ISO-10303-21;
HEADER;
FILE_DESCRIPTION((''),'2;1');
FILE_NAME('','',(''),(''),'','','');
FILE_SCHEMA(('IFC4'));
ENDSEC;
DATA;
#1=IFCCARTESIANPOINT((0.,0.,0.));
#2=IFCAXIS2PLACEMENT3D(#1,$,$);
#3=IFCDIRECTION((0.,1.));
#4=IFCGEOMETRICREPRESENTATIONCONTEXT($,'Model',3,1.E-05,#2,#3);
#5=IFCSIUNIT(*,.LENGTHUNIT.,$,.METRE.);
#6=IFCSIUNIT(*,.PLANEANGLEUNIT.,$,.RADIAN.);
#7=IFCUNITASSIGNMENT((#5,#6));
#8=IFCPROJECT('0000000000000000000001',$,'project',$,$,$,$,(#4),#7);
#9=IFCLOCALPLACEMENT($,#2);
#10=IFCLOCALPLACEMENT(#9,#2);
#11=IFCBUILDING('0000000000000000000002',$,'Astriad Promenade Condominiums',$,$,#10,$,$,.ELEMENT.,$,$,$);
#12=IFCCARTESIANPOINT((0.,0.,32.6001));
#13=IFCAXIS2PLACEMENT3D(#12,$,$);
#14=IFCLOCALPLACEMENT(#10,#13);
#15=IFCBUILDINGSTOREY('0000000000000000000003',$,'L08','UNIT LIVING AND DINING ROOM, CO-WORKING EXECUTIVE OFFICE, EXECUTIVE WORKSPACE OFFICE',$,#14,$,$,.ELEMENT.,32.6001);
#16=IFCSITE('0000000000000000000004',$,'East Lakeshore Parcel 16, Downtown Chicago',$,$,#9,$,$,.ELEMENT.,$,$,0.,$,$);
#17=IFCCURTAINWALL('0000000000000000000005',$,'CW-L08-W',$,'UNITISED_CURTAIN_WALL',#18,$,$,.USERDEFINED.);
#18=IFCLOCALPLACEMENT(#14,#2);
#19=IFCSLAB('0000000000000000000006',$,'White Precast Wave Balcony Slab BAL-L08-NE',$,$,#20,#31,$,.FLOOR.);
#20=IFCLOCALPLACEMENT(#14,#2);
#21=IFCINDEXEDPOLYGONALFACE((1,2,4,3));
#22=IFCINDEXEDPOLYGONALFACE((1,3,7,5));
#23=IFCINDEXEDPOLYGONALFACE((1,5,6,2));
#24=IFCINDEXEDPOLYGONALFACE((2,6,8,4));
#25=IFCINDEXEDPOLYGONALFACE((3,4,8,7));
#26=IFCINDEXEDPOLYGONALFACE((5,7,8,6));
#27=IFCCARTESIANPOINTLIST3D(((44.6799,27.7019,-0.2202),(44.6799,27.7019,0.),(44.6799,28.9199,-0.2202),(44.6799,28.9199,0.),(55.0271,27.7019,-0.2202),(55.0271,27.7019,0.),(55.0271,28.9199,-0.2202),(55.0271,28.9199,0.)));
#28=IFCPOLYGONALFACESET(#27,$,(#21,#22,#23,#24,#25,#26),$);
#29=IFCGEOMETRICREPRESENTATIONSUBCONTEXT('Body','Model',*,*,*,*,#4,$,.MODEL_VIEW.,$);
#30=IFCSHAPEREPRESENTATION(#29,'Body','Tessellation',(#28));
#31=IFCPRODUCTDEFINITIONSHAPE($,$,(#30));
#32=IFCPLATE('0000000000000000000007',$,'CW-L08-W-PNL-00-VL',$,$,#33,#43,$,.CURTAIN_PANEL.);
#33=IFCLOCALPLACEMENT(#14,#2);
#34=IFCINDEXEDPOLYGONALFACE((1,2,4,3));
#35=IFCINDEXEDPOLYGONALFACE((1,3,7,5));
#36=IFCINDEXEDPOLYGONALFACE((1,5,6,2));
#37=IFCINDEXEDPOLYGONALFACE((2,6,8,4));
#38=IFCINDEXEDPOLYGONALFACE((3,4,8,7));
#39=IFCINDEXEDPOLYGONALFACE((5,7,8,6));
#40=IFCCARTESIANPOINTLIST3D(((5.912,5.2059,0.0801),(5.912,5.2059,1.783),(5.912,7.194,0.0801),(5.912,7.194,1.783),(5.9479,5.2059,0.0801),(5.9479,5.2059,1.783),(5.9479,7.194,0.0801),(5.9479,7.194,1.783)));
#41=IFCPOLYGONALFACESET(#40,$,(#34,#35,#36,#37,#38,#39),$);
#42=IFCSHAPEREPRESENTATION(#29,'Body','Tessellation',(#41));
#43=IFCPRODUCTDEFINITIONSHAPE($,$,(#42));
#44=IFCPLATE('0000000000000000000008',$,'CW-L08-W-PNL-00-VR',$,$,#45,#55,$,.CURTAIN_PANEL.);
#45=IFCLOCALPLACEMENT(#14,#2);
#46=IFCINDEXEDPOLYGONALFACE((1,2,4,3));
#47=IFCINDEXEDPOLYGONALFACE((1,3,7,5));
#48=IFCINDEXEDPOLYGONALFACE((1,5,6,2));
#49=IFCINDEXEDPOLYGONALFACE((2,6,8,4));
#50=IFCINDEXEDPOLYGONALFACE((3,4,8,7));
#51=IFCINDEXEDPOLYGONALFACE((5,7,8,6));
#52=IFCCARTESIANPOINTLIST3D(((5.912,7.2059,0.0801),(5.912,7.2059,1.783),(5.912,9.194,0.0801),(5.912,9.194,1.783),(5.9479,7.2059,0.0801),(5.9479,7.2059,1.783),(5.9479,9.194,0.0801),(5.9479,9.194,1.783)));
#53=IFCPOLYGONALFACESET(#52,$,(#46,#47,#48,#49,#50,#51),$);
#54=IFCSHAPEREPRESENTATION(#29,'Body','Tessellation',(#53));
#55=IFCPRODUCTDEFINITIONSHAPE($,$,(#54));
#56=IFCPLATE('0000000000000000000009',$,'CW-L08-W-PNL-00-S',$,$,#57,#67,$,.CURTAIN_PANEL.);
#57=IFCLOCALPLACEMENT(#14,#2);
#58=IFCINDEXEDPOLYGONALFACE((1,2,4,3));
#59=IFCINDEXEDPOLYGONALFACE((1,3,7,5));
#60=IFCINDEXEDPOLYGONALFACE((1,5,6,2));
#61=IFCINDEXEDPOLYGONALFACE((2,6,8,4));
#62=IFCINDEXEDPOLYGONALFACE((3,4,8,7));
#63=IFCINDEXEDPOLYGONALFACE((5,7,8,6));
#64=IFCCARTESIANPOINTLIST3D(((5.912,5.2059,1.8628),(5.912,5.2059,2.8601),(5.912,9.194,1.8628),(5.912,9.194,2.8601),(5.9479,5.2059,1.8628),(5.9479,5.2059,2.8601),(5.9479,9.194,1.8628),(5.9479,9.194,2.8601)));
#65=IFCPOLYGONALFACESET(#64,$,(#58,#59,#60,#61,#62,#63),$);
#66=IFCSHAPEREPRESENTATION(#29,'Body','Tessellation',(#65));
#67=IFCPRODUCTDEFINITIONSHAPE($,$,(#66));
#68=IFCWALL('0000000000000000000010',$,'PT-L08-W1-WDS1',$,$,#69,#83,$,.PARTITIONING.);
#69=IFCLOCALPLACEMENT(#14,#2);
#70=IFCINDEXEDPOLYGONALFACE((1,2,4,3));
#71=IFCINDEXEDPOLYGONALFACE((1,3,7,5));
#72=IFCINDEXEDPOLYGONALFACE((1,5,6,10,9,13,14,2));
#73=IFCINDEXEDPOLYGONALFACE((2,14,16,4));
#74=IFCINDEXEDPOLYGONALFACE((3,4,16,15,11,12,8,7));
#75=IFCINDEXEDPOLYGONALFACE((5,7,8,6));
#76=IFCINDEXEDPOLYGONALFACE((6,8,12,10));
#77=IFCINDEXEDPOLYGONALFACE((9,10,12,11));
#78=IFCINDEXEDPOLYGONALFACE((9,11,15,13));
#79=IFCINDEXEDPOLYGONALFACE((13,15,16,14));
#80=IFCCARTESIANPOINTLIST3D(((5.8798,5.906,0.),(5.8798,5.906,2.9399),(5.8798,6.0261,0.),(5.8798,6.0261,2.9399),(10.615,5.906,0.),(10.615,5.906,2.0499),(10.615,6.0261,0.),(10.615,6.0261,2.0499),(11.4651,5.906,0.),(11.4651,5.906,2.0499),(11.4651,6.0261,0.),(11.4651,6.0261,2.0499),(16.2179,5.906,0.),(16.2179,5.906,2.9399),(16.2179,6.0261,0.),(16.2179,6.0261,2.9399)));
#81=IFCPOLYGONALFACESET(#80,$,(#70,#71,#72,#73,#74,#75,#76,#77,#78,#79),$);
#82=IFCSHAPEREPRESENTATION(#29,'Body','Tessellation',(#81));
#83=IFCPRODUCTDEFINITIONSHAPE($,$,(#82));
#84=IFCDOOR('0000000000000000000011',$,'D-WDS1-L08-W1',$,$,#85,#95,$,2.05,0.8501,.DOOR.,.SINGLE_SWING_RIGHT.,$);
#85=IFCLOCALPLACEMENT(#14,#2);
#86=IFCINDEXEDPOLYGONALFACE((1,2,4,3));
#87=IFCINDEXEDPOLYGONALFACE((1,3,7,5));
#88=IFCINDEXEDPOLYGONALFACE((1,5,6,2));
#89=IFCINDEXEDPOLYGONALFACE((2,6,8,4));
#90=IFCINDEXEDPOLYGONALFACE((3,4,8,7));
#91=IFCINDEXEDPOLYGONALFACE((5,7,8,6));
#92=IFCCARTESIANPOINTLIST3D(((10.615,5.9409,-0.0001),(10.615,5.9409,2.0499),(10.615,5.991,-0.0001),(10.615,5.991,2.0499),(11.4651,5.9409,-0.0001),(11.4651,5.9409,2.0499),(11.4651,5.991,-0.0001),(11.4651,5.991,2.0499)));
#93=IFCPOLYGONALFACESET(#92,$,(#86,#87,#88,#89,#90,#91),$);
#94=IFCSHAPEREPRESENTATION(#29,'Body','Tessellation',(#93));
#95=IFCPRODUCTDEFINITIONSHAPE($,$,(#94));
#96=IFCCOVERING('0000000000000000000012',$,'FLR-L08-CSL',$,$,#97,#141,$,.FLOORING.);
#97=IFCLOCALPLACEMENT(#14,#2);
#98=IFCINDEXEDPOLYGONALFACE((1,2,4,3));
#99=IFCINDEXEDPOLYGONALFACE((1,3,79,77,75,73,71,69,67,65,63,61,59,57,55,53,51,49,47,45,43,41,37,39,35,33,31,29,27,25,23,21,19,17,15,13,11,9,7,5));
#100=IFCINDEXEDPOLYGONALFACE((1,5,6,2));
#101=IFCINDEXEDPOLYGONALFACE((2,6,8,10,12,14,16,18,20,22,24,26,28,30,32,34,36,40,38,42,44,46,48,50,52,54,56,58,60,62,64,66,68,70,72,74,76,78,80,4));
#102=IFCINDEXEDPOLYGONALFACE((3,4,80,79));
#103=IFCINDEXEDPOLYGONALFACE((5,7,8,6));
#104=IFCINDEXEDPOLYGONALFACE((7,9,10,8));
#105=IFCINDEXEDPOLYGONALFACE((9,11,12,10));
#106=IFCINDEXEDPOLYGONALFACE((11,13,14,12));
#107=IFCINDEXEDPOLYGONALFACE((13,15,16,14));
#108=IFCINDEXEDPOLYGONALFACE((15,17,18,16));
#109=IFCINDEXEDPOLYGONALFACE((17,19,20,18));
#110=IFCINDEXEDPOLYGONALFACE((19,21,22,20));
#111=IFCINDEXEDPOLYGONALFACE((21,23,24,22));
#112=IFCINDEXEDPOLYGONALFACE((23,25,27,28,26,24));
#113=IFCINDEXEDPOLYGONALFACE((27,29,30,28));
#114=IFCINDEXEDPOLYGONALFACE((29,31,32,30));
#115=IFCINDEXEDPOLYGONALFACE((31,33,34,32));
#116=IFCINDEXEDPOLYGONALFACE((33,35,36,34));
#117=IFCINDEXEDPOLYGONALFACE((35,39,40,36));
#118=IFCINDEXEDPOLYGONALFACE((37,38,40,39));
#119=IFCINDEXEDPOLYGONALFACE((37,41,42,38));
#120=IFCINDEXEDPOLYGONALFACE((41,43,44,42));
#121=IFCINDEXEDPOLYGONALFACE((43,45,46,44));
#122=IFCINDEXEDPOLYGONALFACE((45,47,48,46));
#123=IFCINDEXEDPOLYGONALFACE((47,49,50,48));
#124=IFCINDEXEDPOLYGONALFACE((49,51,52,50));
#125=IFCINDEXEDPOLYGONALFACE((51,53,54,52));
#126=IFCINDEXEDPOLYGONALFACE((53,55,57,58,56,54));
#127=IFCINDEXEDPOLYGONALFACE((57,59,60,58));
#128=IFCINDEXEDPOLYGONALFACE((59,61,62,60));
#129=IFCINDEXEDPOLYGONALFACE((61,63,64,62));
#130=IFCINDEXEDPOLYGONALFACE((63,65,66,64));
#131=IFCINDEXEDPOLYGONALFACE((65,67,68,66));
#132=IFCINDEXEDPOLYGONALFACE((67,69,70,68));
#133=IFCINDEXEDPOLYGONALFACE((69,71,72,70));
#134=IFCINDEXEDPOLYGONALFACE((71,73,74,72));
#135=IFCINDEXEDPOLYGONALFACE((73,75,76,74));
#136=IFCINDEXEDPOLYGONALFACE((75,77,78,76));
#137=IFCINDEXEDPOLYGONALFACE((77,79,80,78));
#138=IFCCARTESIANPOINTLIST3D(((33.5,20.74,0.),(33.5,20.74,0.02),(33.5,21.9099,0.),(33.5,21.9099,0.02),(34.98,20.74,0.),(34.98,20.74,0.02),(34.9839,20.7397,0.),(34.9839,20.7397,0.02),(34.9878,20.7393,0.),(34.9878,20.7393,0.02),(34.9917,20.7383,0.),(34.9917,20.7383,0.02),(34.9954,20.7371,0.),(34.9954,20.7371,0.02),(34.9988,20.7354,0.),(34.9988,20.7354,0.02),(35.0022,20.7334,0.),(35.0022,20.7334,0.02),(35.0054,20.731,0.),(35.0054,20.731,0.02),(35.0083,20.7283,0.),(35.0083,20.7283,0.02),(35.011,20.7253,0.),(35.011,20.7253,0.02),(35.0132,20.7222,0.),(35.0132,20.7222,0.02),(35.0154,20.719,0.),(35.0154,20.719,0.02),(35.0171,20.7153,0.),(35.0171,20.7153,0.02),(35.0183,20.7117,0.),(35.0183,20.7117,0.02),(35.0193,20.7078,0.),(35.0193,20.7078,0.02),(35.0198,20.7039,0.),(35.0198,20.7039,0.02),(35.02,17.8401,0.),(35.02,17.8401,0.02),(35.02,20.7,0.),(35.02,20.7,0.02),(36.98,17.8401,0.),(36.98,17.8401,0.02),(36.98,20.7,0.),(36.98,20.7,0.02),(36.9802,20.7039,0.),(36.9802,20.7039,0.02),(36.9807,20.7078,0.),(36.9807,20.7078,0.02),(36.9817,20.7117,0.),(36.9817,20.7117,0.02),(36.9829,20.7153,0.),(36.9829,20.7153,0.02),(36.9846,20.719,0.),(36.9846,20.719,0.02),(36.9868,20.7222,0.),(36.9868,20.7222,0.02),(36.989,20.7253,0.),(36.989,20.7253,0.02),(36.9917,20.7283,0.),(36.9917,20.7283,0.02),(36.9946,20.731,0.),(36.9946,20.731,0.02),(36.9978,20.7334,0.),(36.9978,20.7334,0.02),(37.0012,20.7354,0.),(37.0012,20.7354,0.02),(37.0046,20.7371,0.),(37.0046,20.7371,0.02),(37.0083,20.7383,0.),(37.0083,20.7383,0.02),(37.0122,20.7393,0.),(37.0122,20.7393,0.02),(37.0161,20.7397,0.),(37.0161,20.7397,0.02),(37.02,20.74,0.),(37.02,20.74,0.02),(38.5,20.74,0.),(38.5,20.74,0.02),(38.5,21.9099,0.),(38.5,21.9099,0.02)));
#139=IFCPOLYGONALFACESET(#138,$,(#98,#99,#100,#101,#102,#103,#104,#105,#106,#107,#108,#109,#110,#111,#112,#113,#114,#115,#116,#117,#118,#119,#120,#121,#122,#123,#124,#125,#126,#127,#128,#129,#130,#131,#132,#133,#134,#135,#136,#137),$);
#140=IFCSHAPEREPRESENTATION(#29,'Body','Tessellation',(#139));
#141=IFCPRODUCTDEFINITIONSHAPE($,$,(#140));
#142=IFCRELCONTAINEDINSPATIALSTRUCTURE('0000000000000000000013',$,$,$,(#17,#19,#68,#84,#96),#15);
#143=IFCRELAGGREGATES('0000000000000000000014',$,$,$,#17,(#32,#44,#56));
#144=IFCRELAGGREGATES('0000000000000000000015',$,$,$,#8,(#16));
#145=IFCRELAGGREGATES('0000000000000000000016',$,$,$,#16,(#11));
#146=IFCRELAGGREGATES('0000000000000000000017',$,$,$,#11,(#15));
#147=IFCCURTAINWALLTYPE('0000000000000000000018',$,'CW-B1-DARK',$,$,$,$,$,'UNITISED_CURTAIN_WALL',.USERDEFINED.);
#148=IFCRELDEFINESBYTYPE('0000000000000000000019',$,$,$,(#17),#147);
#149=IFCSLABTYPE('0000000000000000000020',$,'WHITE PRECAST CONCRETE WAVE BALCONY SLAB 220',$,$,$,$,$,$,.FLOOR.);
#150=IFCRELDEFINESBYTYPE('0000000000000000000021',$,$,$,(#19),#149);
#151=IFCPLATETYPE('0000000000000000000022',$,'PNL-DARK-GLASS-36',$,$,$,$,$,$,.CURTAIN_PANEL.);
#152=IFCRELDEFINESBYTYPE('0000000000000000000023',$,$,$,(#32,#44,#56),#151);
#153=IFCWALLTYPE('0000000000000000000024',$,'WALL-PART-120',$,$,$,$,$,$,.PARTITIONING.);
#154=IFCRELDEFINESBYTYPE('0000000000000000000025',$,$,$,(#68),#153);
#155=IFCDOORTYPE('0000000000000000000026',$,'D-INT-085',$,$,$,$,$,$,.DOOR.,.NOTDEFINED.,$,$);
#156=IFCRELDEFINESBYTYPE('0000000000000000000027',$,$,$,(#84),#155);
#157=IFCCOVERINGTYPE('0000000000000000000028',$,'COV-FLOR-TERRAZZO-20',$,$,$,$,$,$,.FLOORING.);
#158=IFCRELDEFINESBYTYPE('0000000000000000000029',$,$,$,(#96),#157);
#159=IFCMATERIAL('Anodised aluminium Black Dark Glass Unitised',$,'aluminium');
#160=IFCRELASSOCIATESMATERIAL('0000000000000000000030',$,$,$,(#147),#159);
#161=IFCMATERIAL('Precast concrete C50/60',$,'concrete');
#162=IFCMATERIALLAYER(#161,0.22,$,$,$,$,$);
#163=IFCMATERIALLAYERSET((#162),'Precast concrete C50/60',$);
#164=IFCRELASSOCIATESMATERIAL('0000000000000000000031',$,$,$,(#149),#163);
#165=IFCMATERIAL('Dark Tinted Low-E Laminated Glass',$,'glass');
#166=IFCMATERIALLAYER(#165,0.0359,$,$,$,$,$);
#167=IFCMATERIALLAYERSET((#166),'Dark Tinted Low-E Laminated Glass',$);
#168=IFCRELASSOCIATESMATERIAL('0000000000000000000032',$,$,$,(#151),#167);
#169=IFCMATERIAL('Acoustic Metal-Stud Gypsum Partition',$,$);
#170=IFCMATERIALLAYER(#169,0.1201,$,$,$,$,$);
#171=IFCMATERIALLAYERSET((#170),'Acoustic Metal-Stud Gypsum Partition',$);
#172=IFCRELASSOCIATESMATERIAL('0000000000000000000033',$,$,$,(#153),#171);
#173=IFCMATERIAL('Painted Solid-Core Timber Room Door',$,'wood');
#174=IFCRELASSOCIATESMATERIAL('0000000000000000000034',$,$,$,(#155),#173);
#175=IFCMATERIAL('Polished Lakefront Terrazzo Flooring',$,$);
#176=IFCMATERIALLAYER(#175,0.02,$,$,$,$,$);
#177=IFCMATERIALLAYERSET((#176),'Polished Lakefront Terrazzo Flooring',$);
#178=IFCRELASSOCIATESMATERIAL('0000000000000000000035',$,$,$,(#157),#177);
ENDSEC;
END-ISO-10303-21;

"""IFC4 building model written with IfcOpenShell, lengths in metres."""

from ifc_helpers import new_model, si_unit, direction, frame, frame_2d, origin, origin_2d, place, context, subcontext, project, spatial, polyline, rectangle, outline, extrude, source, transform, mapped, material, layer, layer_set, type_object, type_shapes, element, fill, aggregate, save


model = new_model("IFC4")

# Units and contexts
model_context = context("Model", 3, precision=1e-05, world=origin(), true_north=direction((0.0, 1.0)))
body_context = subcontext(model_context, "Body", "Model", "MODEL_VIEW")
ifc_project = project(units=[si_unit("LENGTHUNIT", "METRE"), si_unit("PLANEANGLEUNIT", "RADIAN")], contexts=[model_context])

# Site, building, storey
site_placement = place(None, origin())
site = spatial("IfcSite", under=ifc_project, at=site_placement, Name="East Lakeshore Parcel 16, Downtown Chicago", CompositionType="ELEMENT", RefElevation=0.0)
building_placement = place(site_placement, origin())
building = spatial("IfcBuilding", under=site, at=building_placement, Name="Astriad Promenade Condominiums", CompositionType="ELEMENT")
storey_placement = place(building_placement, frame((0.0, 0.0, 32.6001)))
storey = spatial("IfcBuildingStorey", under=building, at=storey_placement, Name="L08", Description="UNIT LIVING AND DINING ROOM, CO-WORKING EXECUTIVE OFFICE, EXECUTIVE WORKSPACE OFFICE", CompositionType="ELEMENT", Elevation=32.6001)

# Curtain wall
ifc_material_1 = material(Name="Anodised aluminium Black Dark Glass Unitised", Category="aluminium")
curtain_wall_type = type_object("IfcCurtainWallType", Name="CW-B1-DARK", ElementType="UNITISED_CURTAIN_WALL", PredefinedType="USERDEFINED", material=ifc_material_1)
curtain_wall_placement = place(storey_placement, origin())
curtain_wall = element("IfcCurtainWall", 1, at=curtain_wall_placement, inside=storey, type_object=curtain_wall_type, Name="CW-L08-W", ObjectType="UNITISED_CURTAIN_WALL", PredefinedType="USERDEFINED")

# Slab
ifc_material_2 = material(Name="Precast concrete C50/60", Category="concrete")
ifc_layer_1 = layer(ifc_material_2, 0.22)
ifc_layer_set_1 = layer_set([ifc_layer_1], Name="Precast concrete C50/60")
slab_type_1 = type_object("IfcSlabType", Name="WHITE PRECAST CONCRETE WAVE BALCONY SLAB 220", PredefinedType="FLOOR", material=ifc_layer_set_1)
slab_1_placement = place(storey_placement, frame((0.0, 0.0, -0.2202)))
element("IfcSlab", 2, at=slab_1_placement, inside=storey, type_object=slab_type_1, Name="White Precast Wave Balcony Slab BAL-L08-NE", PredefinedType="FLOOR", context=body_context, shape_type="SweptSolid", body=[
    extrude(outline(polyline([(44.6799, 28.9199), (55.0271, 28.9199), (55.0271, 27.7019), (44.6799, 27.7019), (44.6799, 28.9199)])), origin(), (0.0, 0.0, 1.0), 0.2202),
])

# Plates
ifc_material_3 = material(Name="Dark Tinted Low-E Laminated Glass", Category="glass")
ifc_layer_2 = layer(ifc_material_3, 0.0359)
ifc_layer_set_2 = layer_set([ifc_layer_2], Name="Dark Tinted Low-E Laminated Glass")
plate_type = type_object("IfcPlateType", Name="PNL-DARK-GLASS-36", PredefinedType="CURTAIN_PANEL", material=ifc_layer_set_2)
shared_shape_1 = source(origin(), body_context, "Body", "SweptSolid", [
    extrude(rectangle(XDim=1.988, YDim=0.0359, at=origin_2d()), origin(), (0.0, 0.0, 1.0), 1.7029),
])
plate_1_placement = place(storey_placement, frame((5.9299, 6.2, 0.0801), z_axis=(0.0, 0.0, 1.0), x_axis=(0.0, 1.0, 0.0)))
plate_1 = element("IfcPlate", 3, at=plate_1_placement, type_object=plate_type, Name="CW-L08-W-PNL-00-VL", PredefinedType="CURTAIN_PANEL", context=body_context, shape_type="MappedRepresentation", body=[
    mapped(shared_shape_1, transform((0.0, 0.0, 0.0), scale=1.0)),
])
plate_2_placement = place(storey_placement, frame((5.9299, 8.2, 0.0801), z_axis=(0.0, 0.0, 1.0), x_axis=(0.0, 1.0, 0.0)))
plate_2 = element("IfcPlate", 4, at=plate_2_placement, type_object=plate_type, Name="CW-L08-W-PNL-00-VR", PredefinedType="CURTAIN_PANEL", context=body_context, shape_type="MappedRepresentation", body=[
    mapped(shared_shape_1, transform((0.0, 0.0, 0.0), scale=1.0)),
])
shared_shape_2 = source(origin(), body_context, "Body", "SweptSolid", [
    extrude(rectangle(XDim=3.988, YDim=0.0359, at=origin_2d()), origin(), (0.0, 0.0, 1.0), 0.9973),
])
type_shapes(plate_type, [shared_shape_1, shared_shape_2])
plate_3_placement = place(storey_placement, frame((5.9299, 7.2, 1.8628), z_axis=(0.0, 0.0, 1.0), x_axis=(0.0, 1.0, 0.0)))
plate_3 = element("IfcPlate", 5, at=plate_3_placement, type_object=plate_type, Name="CW-L08-W-PNL-00-S", PredefinedType="CURTAIN_PANEL", context=body_context, shape_type="MappedRepresentation", body=[
    mapped(shared_shape_2, transform((0.0, 0.0, 0.0), scale=1.0)),
])
aggregate(curtain_wall, [plate_1, plate_2, plate_3])

# Wall, opening, door
ifc_material_4 = material(Name="Acoustic Metal-Stud Gypsum Partition")
ifc_layer_3 = layer(ifc_material_4, 0.1201)
ifc_layer_set_3 = layer_set([ifc_layer_3], Name="Acoustic Metal-Stud Gypsum Partition")
wall_type = type_object("IfcWallType", Name="WALL-PART-120", PredefinedType="PARTITIONING", material=ifc_layer_set_3)
wall_placement = place(storey_placement, frame((5.8799, 5.9661, 0.0), z_axis=(0.0, 0.0, 1.0), x_axis=(1.0, 0.0, 0.0)))
wall = element("IfcWall", 6, at=wall_placement, inside=storey, type_object=wall_type, Name="PT-L08-W1-WDS1", PredefinedType="PARTITIONING", context=body_context, shape_type="SweptSolid", body=[
    extrude(rectangle(XDim=10.3381, YDim=0.1201, at=frame_2d((5.1689, 0.0))), origin(), (0.0, 0.0, 1.0), 2.9399),
])
opening_placement = place(wall_placement, frame((4.7351, 0.0, 0.0)))
opening = element("IfcOpeningElement", 7, at=opening_placement, cuts=wall, PredefinedType="OPENING", context=body_context, shape_type="SweptSolid", body=[
    extrude(rectangle(XDim=0.8501, YDim=2.05, at=frame_2d((0.425, 1.0249))), frame((0.0, 0.0701, 0.0), z_axis=(0.0, -1.0, 0.0), x_axis=(1.0, 0.0, 0.0)), (0.0, 0.0, 1.0), 0.1401),
])
ifc_material_5 = material(Name="Painted Solid-Core Timber Room Door", Category="wood")
door_type = type_object("IfcDoorType", Name="D-INT-085", OperationType="NOTDEFINED", PredefinedType="DOOR", material=ifc_material_5)
shared_shape_3 = source(origin(), body_context, "Body", "SweptSolid", [
    extrude(rectangle(XDim=0.8501, YDim=2.05, at=frame_2d((0.425, 1.0249))), frame((0.0, 0.0249, 0.0), z_axis=(0.0, -1.0, 0.0), x_axis=(1.0, 0.0, 0.0)), (0.0, 0.0, 1.0), 0.05),
])
type_shapes(door_type, [shared_shape_3])
door_placement = place(opening_placement, origin())
door = element("IfcDoor", 8, at=door_placement, inside=storey, type_object=door_type, Name="D-WDS1-L08-W1", OperationType="SINGLE_SWING_RIGHT", OverallHeight=2.05, OverallWidth=0.8501, PredefinedType="DOOR", context=body_context, shape_type="MappedRepresentation", body=[
    mapped(shared_shape_3, transform((0.0, 0.0, 0.0), scale=1.0)),
])
fill(opening, door)

# Covering
ifc_material_6 = material(Name="Polished Lakefront Terrazzo Flooring")
ifc_layer_4 = layer(ifc_material_6, 0.02)
ifc_layer_set_4 = layer_set([ifc_layer_4], Name="Polished Lakefront Terrazzo Flooring")
covering_type = type_object("IfcCoveringType", Name="COV-FLOR-TERRAZZO-20", PredefinedType="FLOORING", material=ifc_layer_set_4)
covering_1_placement = place(storey_placement, origin())
element("IfcCovering", 9, at=covering_1_placement, inside=storey, type_object=covering_type, Name="FLR-L08-CSL", PredefinedType="FLOORING", context=body_context, shape_type="SweptSolid", body=[
    extrude(outline(polyline([(36.98, 20.7), (36.98, 17.8401), (35.02, 17.8401), (35.02, 20.7), (35.0198, 20.7039), (35.0193, 20.7078), (35.0183, 20.7117), (35.0171, 20.7153), (35.0154, 20.719), (35.0132, 20.7222), (35.011, 20.7253), (35.0083, 20.7283), (35.0054, 20.731), (35.0022, 20.7334), (34.9988, 20.7354), (34.9954, 20.7371), (34.9917, 20.7383), (34.9878, 20.7393), (34.9839, 20.7397), (34.98, 20.74), (33.5, 20.74), (33.5, 21.9099), (38.5, 21.9099), (38.5, 20.74), (37.02, 20.74), (37.0161, 20.7397), (37.0122, 20.7393), (37.0083, 20.7383), (37.0046, 20.7371), (37.0012, 20.7354), (36.9978, 20.7334), (36.9946, 20.731), (36.9917, 20.7283), (36.989, 20.7253), (36.9868, 20.7222), (36.9846, 20.719), (36.9829, 20.7153), (36.9817, 20.7117), (36.9807, 20.7078), (36.9802, 20.7039), (36.98, 20.7)])), origin(), (0.0, 0.0, 1.0), 0.02),
])

save(model, "model.ifc")
